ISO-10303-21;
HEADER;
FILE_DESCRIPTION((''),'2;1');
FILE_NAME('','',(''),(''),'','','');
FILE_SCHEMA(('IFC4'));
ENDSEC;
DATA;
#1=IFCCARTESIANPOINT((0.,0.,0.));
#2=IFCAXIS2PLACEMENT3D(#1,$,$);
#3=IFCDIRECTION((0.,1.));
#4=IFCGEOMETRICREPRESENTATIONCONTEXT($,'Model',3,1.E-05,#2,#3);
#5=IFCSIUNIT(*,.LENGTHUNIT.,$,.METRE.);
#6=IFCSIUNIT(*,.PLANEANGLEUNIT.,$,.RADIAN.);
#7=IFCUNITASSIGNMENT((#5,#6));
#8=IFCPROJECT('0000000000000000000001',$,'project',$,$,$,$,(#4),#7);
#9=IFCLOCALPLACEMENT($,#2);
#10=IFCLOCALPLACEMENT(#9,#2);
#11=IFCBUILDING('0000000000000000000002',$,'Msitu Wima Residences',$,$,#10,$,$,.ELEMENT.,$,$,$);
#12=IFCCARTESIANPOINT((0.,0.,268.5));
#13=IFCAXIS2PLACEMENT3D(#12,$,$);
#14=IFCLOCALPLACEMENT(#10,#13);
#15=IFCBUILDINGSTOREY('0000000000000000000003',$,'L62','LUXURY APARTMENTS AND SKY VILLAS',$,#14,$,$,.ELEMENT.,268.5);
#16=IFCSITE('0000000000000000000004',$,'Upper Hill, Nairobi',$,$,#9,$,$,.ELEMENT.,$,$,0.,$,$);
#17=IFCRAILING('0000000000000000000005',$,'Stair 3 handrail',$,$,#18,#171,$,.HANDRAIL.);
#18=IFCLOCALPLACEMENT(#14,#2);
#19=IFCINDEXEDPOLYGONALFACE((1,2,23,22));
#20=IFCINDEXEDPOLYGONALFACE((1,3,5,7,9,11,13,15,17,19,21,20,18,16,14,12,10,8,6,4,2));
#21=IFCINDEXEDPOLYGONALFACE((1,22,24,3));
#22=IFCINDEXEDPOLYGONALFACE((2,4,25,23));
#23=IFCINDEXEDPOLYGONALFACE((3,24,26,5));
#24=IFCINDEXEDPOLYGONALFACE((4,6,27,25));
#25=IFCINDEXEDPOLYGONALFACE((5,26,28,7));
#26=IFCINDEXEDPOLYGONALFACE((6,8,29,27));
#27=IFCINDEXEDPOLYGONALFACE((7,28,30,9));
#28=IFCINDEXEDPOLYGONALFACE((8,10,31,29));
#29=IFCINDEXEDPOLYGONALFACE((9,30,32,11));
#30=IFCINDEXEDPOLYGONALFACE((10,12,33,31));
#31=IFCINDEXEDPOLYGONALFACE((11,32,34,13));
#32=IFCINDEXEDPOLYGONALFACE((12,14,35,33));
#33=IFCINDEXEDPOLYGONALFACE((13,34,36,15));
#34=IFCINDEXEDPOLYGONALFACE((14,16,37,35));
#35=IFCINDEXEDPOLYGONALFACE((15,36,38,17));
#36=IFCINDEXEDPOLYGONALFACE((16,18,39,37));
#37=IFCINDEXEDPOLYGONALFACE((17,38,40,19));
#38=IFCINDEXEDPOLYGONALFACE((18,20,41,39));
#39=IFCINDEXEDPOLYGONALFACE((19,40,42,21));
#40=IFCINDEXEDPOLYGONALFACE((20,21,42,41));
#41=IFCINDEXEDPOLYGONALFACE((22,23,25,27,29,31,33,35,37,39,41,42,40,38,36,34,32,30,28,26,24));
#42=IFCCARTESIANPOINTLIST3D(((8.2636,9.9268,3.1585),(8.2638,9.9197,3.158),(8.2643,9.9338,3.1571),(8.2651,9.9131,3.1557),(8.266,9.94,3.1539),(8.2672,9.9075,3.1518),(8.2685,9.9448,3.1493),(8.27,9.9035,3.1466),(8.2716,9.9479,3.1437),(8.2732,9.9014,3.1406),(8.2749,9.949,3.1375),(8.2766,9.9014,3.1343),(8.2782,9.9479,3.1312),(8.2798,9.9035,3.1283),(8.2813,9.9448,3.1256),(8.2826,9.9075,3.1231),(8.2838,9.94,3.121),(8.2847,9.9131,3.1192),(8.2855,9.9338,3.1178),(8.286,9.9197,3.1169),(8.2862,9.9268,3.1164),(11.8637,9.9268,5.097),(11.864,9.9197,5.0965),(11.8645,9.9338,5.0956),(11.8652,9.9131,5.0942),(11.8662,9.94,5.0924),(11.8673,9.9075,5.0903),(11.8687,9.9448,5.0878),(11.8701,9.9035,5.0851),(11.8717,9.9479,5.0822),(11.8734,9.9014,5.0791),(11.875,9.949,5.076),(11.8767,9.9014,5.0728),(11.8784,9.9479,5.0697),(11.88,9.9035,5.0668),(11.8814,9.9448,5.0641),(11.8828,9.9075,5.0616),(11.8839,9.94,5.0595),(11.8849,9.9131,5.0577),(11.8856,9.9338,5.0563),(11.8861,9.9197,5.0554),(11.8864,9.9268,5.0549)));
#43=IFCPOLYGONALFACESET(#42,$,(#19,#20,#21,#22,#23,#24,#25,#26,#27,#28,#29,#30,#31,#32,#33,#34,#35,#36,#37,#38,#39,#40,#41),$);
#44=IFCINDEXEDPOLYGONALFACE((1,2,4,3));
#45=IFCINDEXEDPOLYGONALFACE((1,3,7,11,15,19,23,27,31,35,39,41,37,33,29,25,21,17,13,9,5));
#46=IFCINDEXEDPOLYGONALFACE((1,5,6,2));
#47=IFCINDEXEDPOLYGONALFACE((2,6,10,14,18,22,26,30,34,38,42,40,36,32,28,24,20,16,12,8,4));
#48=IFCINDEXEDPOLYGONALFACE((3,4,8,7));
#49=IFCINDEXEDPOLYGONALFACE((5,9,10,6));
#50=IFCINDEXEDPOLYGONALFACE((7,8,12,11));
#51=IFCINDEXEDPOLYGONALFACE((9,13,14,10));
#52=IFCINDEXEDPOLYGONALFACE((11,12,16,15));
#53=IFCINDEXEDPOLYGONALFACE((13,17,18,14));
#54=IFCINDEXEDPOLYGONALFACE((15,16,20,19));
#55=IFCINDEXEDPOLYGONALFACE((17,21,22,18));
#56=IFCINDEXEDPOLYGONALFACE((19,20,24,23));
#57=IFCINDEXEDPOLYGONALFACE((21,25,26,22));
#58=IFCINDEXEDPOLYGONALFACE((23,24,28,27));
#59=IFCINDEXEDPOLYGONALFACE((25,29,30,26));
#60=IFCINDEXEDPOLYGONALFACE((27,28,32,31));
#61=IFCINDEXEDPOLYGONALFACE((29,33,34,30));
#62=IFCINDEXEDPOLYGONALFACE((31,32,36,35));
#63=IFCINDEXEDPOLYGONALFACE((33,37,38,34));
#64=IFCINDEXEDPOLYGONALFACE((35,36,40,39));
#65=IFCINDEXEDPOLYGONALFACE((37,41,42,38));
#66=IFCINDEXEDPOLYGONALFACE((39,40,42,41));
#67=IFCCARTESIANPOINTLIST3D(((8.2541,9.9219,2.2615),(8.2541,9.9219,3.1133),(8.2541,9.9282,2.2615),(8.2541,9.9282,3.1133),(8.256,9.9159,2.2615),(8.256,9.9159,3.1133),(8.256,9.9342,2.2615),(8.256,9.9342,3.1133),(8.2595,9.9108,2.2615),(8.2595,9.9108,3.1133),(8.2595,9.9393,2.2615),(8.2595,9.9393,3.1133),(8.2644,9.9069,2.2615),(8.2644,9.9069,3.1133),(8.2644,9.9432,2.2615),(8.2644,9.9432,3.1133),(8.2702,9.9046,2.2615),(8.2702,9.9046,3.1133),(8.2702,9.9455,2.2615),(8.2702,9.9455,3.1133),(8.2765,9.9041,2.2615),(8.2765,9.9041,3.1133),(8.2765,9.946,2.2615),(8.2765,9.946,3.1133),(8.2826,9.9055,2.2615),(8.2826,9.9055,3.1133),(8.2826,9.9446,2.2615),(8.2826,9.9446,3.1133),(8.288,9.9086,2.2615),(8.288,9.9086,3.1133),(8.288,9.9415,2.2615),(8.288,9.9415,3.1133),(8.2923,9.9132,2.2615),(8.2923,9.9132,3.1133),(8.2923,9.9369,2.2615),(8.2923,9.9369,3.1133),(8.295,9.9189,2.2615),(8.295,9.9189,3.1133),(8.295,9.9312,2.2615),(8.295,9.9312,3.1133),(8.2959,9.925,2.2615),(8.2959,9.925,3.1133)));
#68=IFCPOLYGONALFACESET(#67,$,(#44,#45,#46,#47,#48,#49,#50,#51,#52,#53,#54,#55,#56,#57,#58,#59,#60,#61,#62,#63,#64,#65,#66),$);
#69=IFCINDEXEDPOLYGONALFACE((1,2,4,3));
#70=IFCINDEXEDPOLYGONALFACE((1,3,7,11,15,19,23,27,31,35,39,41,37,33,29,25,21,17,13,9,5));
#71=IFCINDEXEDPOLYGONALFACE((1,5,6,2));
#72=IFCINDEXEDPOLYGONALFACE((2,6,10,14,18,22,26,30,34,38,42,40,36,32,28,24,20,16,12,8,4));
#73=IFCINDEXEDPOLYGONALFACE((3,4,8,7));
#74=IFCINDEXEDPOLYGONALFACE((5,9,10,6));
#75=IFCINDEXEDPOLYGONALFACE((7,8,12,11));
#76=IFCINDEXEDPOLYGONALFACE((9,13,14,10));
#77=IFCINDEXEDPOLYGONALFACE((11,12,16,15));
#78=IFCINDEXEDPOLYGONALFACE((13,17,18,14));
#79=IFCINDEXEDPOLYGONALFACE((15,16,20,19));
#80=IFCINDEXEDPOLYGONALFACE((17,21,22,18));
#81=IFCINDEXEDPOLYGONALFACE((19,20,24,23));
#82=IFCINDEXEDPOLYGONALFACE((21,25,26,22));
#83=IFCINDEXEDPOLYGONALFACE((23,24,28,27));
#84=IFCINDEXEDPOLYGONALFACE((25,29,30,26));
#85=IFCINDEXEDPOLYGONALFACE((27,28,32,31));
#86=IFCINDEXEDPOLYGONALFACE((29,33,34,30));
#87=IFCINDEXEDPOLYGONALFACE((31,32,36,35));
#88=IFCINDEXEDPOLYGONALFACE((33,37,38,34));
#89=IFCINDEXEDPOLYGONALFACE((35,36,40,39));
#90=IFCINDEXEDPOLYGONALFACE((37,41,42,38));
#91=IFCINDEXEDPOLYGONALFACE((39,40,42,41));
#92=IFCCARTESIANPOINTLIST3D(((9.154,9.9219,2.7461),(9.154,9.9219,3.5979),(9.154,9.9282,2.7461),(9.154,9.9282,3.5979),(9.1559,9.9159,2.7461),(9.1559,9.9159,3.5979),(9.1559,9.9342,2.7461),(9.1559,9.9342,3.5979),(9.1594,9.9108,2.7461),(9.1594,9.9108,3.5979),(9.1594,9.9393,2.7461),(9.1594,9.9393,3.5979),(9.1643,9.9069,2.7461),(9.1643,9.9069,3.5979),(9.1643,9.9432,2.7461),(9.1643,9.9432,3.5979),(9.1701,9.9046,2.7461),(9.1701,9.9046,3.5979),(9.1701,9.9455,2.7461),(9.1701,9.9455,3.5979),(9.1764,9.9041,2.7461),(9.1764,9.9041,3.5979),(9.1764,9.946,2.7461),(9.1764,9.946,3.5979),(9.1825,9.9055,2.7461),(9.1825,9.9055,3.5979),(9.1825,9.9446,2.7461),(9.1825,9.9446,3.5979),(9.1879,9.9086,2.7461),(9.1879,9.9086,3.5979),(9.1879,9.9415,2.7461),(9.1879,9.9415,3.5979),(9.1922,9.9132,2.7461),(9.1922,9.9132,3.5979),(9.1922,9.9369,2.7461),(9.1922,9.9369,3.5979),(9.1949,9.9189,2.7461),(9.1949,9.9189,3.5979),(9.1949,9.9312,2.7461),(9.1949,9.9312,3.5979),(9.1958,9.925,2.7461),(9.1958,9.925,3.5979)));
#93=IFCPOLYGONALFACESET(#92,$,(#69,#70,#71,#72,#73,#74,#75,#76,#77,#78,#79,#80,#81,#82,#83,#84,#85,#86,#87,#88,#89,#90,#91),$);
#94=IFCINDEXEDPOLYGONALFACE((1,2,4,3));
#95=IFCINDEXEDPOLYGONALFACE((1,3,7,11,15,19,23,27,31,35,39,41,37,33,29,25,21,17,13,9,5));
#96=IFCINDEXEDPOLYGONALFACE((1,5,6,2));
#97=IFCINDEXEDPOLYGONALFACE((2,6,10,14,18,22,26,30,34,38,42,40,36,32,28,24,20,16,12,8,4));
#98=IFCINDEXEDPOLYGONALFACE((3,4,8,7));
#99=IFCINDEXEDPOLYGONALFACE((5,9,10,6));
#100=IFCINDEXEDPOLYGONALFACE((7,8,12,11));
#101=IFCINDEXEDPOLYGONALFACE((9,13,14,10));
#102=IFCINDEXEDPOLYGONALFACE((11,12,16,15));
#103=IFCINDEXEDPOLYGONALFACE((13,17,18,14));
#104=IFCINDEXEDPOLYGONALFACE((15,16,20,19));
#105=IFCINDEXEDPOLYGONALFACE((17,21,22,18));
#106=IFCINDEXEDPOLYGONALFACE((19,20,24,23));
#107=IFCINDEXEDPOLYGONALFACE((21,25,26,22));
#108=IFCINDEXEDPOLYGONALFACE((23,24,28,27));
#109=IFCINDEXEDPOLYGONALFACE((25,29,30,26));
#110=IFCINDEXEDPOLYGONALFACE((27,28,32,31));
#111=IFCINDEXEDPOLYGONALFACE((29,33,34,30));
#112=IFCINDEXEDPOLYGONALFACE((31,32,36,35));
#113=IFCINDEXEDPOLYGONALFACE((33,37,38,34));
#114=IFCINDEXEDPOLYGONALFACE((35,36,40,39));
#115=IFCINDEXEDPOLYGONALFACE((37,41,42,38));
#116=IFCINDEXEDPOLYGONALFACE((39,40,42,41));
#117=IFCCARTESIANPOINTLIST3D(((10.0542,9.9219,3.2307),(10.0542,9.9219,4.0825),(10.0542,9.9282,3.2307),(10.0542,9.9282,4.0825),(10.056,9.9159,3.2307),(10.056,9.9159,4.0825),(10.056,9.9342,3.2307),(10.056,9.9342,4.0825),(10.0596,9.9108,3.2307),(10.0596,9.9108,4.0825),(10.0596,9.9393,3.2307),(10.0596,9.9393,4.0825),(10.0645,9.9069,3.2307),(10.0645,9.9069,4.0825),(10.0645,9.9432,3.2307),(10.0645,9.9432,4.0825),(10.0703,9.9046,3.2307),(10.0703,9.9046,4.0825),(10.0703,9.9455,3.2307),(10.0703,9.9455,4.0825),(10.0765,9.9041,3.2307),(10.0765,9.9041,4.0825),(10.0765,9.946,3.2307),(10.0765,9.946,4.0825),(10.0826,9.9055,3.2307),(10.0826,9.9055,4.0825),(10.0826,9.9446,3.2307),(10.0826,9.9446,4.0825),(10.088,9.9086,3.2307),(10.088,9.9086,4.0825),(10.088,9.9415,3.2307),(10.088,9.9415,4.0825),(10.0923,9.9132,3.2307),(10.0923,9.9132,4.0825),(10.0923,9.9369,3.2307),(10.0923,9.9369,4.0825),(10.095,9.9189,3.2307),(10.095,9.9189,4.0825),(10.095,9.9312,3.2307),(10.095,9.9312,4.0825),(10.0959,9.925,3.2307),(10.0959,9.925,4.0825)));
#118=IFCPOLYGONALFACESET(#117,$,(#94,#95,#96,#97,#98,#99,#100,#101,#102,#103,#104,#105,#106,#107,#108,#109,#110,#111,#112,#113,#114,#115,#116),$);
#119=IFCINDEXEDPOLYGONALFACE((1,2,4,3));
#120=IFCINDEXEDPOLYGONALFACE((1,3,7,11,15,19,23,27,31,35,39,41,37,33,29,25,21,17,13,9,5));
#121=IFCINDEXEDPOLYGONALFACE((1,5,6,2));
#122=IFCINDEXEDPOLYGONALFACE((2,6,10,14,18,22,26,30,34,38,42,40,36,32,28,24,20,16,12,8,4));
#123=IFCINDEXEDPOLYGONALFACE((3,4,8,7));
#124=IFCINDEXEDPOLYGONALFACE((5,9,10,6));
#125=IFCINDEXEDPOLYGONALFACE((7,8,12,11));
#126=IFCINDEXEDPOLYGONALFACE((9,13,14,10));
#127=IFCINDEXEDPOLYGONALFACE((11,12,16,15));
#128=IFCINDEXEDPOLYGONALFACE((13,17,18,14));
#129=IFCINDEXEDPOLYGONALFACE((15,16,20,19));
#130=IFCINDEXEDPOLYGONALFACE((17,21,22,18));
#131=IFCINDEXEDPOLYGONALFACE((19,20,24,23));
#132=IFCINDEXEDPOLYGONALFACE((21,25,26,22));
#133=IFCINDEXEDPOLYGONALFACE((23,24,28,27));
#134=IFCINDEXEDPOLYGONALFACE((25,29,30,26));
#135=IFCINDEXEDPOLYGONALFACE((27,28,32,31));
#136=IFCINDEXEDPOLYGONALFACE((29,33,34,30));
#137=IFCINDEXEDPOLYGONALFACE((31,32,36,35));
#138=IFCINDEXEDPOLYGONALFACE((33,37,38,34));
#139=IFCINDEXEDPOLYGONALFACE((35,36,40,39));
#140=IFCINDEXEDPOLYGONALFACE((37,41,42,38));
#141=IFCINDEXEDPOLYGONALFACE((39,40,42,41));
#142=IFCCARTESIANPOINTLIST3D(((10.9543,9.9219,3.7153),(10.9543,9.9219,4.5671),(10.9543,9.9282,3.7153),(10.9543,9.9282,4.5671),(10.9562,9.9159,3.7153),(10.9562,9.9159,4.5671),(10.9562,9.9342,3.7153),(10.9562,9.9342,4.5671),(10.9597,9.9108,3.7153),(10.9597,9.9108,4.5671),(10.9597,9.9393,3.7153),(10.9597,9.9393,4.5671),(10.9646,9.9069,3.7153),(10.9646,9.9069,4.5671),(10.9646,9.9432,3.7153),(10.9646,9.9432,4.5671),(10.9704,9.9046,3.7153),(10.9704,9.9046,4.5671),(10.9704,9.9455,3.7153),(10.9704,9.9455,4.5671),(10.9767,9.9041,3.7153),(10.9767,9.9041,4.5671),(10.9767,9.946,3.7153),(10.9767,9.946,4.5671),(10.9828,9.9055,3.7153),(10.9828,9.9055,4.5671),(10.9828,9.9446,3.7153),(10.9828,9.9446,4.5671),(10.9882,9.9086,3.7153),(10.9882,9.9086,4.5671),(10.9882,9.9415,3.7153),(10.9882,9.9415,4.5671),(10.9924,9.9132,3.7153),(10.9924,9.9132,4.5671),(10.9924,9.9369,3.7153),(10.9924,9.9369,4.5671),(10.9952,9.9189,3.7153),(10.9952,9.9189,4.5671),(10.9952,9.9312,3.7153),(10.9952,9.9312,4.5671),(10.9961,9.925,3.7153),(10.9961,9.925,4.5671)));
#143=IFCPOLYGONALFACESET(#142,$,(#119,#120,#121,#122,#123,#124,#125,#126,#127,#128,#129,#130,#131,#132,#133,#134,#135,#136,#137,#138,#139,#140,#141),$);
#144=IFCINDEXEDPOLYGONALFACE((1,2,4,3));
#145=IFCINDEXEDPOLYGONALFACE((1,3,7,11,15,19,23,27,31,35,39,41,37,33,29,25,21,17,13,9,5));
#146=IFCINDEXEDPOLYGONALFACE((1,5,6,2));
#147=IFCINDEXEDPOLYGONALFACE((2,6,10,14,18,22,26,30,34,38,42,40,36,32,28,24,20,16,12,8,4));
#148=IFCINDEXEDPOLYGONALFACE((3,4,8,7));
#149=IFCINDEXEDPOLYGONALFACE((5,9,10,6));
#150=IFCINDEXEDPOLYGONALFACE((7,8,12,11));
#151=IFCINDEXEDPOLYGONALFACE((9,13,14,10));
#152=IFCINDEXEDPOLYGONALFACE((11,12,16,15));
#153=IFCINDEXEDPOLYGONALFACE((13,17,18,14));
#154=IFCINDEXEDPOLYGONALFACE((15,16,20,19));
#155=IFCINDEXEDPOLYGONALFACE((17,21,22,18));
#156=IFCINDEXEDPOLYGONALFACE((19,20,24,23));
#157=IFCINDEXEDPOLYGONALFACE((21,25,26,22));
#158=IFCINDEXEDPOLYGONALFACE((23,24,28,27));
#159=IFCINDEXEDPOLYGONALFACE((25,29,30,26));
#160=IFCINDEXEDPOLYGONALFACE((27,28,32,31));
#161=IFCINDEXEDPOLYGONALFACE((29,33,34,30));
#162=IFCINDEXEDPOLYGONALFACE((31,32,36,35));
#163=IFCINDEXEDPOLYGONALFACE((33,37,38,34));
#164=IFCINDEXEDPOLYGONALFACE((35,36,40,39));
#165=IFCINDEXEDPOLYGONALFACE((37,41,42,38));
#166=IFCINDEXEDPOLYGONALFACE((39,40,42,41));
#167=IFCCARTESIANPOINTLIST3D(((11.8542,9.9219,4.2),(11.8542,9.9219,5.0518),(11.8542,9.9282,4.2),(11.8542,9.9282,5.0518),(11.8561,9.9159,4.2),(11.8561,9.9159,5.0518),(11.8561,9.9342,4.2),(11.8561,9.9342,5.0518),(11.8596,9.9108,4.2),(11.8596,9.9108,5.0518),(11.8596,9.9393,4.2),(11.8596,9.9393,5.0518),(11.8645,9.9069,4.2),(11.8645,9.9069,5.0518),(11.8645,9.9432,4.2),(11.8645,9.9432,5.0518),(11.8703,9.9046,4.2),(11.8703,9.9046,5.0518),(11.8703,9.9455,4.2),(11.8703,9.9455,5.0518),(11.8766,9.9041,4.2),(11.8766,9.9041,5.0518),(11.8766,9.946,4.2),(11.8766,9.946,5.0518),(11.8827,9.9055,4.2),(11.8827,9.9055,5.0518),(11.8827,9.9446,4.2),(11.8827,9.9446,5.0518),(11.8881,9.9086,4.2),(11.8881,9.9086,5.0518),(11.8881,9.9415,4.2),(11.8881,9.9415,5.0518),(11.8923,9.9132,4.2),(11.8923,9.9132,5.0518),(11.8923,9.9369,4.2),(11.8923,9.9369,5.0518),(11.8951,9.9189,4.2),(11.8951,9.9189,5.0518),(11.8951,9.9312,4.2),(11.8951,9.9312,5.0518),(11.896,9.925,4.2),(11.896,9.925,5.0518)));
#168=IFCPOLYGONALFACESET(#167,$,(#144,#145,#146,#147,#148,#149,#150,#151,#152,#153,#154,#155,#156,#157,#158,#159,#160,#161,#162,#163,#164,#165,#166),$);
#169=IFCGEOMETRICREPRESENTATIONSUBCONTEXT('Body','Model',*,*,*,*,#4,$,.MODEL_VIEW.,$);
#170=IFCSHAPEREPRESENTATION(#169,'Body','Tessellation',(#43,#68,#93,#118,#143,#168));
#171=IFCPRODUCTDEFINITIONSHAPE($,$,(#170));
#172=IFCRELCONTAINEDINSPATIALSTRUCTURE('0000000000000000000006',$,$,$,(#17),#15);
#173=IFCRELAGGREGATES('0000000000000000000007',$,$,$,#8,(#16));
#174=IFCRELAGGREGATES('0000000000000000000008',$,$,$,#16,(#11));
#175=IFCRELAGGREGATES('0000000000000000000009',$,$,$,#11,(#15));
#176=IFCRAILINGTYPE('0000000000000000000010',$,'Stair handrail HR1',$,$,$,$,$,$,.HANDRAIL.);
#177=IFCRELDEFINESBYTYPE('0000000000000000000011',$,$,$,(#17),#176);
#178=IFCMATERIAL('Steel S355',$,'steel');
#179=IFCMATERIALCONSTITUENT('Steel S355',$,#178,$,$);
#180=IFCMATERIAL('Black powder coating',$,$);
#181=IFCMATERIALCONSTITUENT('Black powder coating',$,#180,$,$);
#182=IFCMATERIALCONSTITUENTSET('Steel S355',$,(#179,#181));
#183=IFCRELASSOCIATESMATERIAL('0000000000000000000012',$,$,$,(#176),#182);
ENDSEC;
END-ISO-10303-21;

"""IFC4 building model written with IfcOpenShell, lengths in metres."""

from ifc_helpers import new_model, si_unit, direction, frame, origin, origin_2d, place, context, subcontext, project, spatial, circle, extrude, material, constituent, constituent_set, type_object, element, save


model = new_model("IFC4")

# Units and contexts
model_context = context("Model", 3, precision=1e-05, world=origin(), true_north=direction((0.0, 1.0)))
body_context = subcontext(model_context, "Body", "Model", "MODEL_VIEW")
ifc_project = project(units=[si_unit("LENGTHUNIT", "METRE"), si_unit("PLANEANGLEUNIT", "RADIAN")], contexts=[model_context])

# Site, building, storey
site_placement = place(None, origin())
site = spatial("IfcSite", under=ifc_project, at=site_placement, Name="Upper Hill, Nairobi", CompositionType="ELEMENT", RefElevation=0.0)
building_placement = place(site_placement, origin())
building = spatial("IfcBuilding", under=site, at=building_placement, Name="Msitu Wima Residences", CompositionType="ELEMENT")
storey_placement = place(building_placement, frame((0.0, 0.0, 268.5)))
storey = spatial("IfcBuildingStorey", under=building, at=storey_placement, Name="L62", Description="LUXURY APARTMENTS AND SKY VILLAS", CompositionType="ELEMENT", Elevation=268.5)

# Railing
ifc_material_1 = material(Name="Steel S355", Category="steel")
ifc_constituent_1 = constituent(ifc_material_1, Name="Steel S355")
ifc_material_2 = material(Name="Black powder coating")
ifc_constituent_2 = constituent(ifc_material_2, Name="Black powder coating")
ifc_constituent_set = constituent_set(constituents=[ifc_constituent_1, ifc_constituent_2], Name="Steel S355")
railing_type = type_object("IfcRailingType", Name="Stair handrail HR1", PredefinedType="HANDRAIL", material=ifc_constituent_set)
railing_placement = place(storey_placement, frame((8.2749, 9.925, 2.2615)))
element("IfcRailing", 1, at=railing_placement, inside=storey, type_object=railing_type, Name="Stair 3 handrail", PredefinedType="HANDRAIL", context=body_context, shape_type="SweptSolid", body=[
    extrude(circle(Radius=0.0239, at=origin_2d()), frame((0.0, 0.0, 0.876), z_axis=(0.880475, 0.0, 0.474093), x_axis=(0.0, 1.0, 0.0)), (0.0, 0.0, 1.0), 4.0889),
    extrude(circle(Radius=0.021, at=origin_2d()), origin(), (0.0, 0.0, 1.0), 0.8518),
    extrude(circle(Radius=0.021, at=origin_2d()), frame((0.8999, 0.0, 0.4846)), (0.0, 0.0, 1.0), 0.8518),
    extrude(circle(Radius=0.021, at=origin_2d()), frame((1.8, 0.0, 0.9692)), (0.0, 0.0, 1.0), 0.8518),
    extrude(circle(Radius=0.021, at=origin_2d()), frame((2.7002, 0.0, 1.4539)), (0.0, 0.0, 1.0), 0.8518),
    extrude(circle(Radius=0.021, at=origin_2d()), frame((3.6001, 0.0, 1.9385)), (0.0, 0.0, 1.0), 0.8518),
])

save(model, "model.ifc")
